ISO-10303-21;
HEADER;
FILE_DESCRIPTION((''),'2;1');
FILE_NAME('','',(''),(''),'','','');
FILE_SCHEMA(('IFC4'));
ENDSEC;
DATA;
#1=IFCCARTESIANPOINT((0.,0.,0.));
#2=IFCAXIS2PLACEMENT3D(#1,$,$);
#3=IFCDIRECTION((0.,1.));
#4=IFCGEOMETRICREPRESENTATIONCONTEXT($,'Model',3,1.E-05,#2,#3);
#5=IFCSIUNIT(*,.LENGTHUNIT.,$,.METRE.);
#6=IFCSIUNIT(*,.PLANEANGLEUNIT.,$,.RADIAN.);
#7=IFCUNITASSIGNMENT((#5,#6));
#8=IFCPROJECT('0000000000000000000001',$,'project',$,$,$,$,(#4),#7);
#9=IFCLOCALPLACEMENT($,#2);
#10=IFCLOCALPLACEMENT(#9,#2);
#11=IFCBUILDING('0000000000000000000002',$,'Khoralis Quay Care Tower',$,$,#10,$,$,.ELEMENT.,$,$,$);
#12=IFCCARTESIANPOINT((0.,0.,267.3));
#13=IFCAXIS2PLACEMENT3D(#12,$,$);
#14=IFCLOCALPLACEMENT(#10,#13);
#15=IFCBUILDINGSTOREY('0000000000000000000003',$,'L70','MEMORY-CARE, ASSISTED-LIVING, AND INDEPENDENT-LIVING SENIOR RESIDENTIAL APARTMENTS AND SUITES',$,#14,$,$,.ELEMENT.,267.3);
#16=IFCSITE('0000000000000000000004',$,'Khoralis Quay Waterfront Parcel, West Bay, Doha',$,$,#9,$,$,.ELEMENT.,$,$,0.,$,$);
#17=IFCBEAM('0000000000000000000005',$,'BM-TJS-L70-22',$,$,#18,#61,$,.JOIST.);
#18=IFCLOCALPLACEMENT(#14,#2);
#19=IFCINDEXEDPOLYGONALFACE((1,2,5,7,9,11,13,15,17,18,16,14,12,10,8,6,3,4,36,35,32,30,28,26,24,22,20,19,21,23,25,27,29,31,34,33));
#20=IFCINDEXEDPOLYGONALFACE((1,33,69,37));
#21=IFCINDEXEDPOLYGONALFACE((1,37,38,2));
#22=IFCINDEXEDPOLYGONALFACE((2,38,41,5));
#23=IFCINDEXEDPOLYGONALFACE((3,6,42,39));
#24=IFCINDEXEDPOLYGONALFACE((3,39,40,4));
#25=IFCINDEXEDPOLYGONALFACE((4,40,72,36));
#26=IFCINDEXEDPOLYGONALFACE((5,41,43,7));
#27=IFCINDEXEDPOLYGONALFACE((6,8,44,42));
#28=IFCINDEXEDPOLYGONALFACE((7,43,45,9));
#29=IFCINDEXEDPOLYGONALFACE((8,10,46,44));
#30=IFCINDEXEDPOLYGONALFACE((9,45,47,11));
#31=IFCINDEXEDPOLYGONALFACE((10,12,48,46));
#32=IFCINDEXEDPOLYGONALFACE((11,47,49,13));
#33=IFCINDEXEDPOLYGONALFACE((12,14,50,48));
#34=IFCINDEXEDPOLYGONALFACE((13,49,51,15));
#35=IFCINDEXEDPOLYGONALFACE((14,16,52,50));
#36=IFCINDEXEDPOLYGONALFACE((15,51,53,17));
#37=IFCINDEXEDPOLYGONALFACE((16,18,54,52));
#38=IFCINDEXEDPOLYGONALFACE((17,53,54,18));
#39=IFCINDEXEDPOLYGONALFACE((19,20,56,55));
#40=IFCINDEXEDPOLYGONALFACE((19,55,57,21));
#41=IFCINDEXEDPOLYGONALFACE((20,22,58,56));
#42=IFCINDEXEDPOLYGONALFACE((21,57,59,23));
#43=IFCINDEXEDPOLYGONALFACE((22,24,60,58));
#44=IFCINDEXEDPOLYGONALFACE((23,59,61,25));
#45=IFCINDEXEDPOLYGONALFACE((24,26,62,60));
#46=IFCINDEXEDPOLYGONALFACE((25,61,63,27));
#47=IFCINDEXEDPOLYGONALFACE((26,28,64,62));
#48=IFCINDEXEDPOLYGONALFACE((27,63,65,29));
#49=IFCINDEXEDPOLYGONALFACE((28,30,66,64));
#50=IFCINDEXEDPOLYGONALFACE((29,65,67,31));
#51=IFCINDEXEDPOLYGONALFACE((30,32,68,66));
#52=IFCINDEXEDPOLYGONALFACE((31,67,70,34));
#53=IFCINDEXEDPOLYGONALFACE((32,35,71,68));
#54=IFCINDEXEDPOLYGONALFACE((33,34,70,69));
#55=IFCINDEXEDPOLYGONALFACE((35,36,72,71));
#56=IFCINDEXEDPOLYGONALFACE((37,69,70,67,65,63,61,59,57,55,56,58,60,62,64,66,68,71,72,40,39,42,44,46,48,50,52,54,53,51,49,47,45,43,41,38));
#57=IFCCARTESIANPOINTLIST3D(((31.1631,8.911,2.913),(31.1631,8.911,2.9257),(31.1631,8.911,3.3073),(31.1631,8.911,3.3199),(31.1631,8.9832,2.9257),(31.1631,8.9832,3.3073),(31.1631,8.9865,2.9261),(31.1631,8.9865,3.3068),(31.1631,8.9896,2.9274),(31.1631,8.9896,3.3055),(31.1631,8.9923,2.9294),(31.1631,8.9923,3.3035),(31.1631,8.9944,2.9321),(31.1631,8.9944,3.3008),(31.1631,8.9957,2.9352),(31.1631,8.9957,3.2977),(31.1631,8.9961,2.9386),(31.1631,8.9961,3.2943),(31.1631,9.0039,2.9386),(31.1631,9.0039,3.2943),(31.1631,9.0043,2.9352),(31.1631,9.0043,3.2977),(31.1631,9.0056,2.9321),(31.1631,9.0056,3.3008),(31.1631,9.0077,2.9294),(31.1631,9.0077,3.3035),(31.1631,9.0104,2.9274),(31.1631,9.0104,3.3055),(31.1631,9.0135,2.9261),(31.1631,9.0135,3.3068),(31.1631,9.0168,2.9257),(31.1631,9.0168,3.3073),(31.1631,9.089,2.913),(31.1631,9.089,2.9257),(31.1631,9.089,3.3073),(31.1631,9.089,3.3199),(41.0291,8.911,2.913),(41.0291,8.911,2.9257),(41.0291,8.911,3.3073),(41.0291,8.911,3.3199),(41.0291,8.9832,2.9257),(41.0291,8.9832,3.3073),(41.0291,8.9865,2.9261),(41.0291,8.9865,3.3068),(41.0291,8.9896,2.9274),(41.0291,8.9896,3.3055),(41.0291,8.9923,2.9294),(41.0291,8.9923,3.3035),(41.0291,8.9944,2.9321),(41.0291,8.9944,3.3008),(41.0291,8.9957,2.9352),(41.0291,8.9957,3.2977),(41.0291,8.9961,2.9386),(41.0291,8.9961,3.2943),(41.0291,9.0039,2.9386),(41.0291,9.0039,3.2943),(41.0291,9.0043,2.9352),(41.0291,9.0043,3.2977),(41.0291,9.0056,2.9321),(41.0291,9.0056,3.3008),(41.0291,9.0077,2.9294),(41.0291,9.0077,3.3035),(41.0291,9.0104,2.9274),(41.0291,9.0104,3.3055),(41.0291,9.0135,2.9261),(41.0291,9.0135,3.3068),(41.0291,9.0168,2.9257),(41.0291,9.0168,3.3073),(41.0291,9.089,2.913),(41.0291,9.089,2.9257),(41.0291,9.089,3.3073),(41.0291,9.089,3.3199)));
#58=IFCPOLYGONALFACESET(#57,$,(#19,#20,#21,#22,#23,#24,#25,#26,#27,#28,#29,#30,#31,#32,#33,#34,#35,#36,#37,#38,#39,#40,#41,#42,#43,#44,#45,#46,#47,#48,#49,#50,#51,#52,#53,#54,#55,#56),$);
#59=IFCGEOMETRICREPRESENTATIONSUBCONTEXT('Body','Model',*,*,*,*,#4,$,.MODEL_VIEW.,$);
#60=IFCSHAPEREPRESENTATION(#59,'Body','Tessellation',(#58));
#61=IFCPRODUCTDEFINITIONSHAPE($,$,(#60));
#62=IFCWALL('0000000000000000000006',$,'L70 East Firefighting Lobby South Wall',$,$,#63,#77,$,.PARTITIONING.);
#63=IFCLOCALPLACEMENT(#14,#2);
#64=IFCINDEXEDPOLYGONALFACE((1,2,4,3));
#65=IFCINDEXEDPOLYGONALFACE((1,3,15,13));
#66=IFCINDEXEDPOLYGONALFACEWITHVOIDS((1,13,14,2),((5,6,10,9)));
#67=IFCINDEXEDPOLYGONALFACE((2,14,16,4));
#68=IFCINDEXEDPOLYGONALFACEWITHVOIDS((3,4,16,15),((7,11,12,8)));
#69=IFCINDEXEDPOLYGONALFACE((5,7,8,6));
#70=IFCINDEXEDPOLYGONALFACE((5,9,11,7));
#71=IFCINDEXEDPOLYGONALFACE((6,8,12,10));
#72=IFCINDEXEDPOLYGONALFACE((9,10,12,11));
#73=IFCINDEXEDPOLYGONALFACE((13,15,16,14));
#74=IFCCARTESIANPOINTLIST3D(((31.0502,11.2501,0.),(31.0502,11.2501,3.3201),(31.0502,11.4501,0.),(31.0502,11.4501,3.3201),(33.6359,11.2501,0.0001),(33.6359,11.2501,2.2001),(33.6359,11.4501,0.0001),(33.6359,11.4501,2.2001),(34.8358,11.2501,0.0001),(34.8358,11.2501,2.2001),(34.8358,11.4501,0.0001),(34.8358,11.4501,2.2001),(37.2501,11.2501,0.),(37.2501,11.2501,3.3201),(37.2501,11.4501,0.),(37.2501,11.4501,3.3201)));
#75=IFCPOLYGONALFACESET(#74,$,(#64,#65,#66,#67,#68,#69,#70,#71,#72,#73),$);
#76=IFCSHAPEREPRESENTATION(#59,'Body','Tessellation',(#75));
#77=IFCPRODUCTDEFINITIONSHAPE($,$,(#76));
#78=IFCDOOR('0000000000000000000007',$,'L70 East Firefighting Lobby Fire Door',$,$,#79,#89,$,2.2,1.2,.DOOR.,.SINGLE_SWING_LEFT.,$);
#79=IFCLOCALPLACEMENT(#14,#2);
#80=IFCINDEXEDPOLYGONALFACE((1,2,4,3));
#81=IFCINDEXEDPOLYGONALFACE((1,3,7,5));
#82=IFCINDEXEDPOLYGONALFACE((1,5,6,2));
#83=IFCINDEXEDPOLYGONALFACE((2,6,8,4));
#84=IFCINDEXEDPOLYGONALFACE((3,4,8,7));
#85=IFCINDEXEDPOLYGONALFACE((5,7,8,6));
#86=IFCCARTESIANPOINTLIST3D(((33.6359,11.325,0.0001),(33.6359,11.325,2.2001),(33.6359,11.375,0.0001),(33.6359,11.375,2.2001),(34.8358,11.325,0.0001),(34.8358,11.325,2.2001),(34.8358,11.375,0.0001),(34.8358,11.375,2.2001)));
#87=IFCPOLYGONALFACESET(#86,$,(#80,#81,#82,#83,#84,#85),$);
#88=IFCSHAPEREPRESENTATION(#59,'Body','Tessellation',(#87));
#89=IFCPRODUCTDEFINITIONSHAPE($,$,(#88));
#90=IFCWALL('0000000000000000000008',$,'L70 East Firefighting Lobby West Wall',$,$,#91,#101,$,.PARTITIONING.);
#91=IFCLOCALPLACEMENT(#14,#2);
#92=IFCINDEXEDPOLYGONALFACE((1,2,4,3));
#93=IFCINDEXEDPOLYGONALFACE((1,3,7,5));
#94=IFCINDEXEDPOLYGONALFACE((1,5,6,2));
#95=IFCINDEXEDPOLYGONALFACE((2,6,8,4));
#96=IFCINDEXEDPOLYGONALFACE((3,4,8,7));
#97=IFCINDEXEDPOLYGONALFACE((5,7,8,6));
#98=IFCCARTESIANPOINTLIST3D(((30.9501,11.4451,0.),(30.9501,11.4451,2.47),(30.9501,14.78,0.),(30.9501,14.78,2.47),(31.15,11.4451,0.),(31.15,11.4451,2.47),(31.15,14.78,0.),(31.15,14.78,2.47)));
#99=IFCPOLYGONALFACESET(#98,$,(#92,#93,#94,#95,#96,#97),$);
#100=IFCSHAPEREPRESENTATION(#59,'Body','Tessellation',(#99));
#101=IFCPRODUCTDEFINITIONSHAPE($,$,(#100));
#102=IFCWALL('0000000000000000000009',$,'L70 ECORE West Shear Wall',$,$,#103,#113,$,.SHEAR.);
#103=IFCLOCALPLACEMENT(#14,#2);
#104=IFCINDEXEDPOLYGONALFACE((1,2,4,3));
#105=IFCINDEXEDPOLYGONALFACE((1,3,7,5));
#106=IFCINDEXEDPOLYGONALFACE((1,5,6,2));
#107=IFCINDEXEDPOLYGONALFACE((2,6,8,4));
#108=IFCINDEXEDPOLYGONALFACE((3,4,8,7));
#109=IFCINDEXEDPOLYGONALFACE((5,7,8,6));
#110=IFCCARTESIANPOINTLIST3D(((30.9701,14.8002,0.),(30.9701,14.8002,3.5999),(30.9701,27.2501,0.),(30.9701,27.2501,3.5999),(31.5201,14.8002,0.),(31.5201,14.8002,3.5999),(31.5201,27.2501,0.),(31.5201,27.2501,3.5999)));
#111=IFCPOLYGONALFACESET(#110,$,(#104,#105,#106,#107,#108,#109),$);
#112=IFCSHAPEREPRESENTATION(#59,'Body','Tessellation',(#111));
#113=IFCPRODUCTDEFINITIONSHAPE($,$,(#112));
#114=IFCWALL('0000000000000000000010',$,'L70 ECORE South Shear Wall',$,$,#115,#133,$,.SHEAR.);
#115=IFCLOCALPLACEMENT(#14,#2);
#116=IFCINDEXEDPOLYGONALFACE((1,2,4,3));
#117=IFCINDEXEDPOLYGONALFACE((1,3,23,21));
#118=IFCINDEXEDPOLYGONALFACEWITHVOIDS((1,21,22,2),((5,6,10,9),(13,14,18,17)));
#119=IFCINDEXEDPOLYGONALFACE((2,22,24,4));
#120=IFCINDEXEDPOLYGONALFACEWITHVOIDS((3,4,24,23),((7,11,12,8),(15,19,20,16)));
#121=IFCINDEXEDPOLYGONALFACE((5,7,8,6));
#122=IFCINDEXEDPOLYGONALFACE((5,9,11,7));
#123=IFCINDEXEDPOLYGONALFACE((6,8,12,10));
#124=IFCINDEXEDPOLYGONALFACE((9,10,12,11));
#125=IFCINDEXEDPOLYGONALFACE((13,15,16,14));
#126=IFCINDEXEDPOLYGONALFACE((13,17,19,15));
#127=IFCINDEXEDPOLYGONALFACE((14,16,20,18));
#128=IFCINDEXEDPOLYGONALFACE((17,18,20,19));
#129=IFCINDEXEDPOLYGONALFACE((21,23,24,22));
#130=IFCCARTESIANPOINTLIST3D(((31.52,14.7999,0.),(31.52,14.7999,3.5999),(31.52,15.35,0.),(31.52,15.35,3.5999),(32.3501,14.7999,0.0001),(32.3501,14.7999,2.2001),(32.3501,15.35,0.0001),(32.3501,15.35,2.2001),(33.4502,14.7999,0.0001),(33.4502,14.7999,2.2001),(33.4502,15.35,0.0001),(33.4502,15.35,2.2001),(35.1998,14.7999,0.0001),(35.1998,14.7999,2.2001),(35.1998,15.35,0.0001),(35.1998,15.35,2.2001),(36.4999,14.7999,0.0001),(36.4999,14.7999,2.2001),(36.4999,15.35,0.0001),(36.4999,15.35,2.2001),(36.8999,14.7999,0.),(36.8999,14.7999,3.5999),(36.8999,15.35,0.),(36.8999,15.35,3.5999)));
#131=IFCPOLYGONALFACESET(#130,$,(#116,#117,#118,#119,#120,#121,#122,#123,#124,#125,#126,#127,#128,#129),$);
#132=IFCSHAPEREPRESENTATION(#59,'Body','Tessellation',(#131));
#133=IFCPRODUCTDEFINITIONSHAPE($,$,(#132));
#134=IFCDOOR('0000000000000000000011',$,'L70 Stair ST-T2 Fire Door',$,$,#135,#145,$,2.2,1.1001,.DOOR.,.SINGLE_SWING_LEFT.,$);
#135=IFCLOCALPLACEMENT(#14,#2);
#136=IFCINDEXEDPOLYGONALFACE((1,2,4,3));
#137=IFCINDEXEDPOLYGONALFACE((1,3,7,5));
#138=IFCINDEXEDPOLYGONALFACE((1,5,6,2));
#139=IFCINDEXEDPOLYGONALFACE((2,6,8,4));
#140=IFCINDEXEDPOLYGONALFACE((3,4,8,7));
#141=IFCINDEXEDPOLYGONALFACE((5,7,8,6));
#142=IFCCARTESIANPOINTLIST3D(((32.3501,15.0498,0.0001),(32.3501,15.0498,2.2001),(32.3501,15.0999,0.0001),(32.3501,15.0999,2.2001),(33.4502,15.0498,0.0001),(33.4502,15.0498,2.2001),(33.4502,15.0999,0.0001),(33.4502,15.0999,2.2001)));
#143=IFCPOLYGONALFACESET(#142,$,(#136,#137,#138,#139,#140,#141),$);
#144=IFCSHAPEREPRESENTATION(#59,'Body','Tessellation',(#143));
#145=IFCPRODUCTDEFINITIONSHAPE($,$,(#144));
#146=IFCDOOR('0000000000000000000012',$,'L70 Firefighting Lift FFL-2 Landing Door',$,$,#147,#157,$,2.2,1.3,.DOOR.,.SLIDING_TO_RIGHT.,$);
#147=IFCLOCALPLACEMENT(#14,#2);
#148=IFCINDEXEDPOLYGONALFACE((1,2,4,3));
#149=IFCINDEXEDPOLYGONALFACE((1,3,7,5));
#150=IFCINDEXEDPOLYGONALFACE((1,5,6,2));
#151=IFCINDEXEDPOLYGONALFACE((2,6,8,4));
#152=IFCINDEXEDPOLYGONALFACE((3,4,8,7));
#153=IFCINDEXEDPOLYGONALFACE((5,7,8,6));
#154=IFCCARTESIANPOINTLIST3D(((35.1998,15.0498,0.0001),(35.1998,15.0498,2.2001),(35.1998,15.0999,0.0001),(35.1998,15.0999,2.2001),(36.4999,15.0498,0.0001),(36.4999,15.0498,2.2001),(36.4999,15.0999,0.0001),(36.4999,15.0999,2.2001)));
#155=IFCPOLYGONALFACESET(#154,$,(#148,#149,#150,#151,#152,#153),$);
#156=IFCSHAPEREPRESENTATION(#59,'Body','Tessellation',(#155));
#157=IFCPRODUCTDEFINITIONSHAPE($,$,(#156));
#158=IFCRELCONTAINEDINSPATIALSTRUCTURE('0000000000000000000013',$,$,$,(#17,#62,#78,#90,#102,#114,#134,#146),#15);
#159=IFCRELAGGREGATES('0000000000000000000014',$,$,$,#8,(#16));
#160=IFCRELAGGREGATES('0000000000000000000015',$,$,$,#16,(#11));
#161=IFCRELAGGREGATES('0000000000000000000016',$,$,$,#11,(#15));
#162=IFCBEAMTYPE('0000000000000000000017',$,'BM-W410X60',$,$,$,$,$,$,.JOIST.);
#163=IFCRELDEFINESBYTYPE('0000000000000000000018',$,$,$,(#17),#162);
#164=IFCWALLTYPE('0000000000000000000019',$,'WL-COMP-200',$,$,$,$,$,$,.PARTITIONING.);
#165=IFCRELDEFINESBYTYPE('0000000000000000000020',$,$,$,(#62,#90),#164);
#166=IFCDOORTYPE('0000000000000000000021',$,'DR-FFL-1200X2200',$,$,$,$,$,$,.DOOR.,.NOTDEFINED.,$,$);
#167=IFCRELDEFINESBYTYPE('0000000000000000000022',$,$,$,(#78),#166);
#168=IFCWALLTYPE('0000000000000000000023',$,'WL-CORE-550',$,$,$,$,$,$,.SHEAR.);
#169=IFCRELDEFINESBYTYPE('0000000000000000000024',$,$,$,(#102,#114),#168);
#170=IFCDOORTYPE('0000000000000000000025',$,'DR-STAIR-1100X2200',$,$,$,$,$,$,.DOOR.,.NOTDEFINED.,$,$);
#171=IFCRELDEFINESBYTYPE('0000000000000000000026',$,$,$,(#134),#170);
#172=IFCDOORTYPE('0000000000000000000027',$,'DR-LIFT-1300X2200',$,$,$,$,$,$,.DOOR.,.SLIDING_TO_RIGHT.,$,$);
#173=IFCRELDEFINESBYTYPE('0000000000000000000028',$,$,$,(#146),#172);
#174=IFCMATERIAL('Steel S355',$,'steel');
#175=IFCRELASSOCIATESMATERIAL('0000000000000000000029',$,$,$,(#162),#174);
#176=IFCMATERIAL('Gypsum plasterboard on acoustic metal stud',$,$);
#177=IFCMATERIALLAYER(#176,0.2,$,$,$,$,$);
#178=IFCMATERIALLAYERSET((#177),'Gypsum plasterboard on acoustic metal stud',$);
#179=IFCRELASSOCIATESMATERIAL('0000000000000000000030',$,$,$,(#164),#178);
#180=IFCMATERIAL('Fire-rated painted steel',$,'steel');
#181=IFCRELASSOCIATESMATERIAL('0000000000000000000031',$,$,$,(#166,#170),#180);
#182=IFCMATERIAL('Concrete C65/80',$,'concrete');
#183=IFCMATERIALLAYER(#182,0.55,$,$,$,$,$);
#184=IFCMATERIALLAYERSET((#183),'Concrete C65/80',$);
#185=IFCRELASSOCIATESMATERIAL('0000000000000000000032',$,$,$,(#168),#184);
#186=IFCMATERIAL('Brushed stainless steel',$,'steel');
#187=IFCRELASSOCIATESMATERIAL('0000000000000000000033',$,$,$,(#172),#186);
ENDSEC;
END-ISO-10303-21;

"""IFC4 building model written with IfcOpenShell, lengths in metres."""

from ifc_helpers import new_model, si_unit, direction, frame, frame_2d, origin, origin_2d, place, context, subcontext, project, spatial, rectangle, i_section, extrude, source, transform, mapped, material, layer, layer_set, material_profile, profile_set, type_object, element, fill, save


model = new_model("IFC4")

# Units and contexts
model_context = context("Model", 3, precision=1e-05, world=origin(), true_north=direction((0.0, 1.0)))
body_context = subcontext(model_context, "Body", "Model", "MODEL_VIEW")
ifc_project = project(units=[si_unit("LENGTHUNIT", "METRE"), si_unit("PLANEANGLEUNIT", "RADIAN")], contexts=[model_context])

# Site, building, storey
site_placement = place(None, origin())
site = spatial("IfcSite", under=ifc_project, at=site_placement, Name="Khoralis Quay Waterfront Parcel, West Bay, Doha", CompositionType="ELEMENT", RefElevation=0.0)
building_placement = place(site_placement, origin())
building = spatial("IfcBuilding", under=site, at=building_placement, Name="Khoralis Quay Care Tower", CompositionType="ELEMENT")
storey_placement = place(building_placement, frame((0.0, 0.0, 267.3)))
storey = spatial("IfcBuildingStorey", under=building, at=storey_placement, Name="L70", Description="MEMORY-CARE, ASSISTED-LIVING, AND INDEPENDENT-LIVING SENIOR RESIDENTIAL APARTMENTS AND SUITES", CompositionType="ELEMENT", Elevation=267.3)

# Beam
ifc_material_1 = material(Name="Steel S355", Category="steel")
ifc_material_profile_1 = material_profile(ifc_material_1, i_section(OverallWidth=0.178, OverallDepth=0.407, WebThickness=0.0078, FlangeThickness=0.0127, FilletRadius=0.0129, at=origin_2d()), Name="Steel S355")
ifc_profile_set_1 = profile_set([ifc_material_profile_1], Name="Steel S355")
beam_type_1 = type_object("IfcBeamType", Name="BM-W410X60", PredefinedType="JOIST", material=ifc_profile_set_1)
shared_shape_1 = source(origin(), body_context, "Body", "SweptSolid", [
    extrude(i_section(OverallWidth=0.178, OverallDepth=0.407, WebThickness=0.0078, FlangeThickness=0.0127, FilletRadius=0.0129, at=origin_2d()), origin(), (0.0, 0.0, 1.0), 9.866),
])
beam_1_placement = place(storey_placement, frame((31.1631, 9.0, 3.1165), z_axis=(1.0, 0.0, 0.0), x_axis=(0.0, 1.0, 0.0)))
element("IfcBeam", 1, at=beam_1_placement, inside=storey, type_object=beam_type_1, Name="BM-TJS-L70-22", PredefinedType="JOIST", context=body_context, shape_type="MappedRepresentation", body=[
    mapped(shared_shape_1, transform((0.0, 0.0, 0.0), scale=1.0)),
])

# Wall, opening, door
ifc_material_2 = material(Name="Gypsum plasterboard on acoustic metal stud")
ifc_layer_1 = layer(ifc_material_2, 0.2)
ifc_layer_set_1 = layer_set([ifc_layer_1], Name="Gypsum plasterboard on acoustic metal stud")
wall_type_1 = type_object("IfcWallType", Name="WL-COMP-200", PredefinedType="PARTITIONING", material=ifc_layer_set_1)
wall_1_placement = place(storey_placement, frame((31.05, 11.3501, 0.0), z_axis=(0.0, 0.0, 1.0), x_axis=(1.0, 0.0, 0.0)))
wall_1 = element("IfcWall", 2, at=wall_1_placement, inside=storey, type_object=wall_type_1, Name="L70 East Firefighting Lobby South Wall", PredefinedType="PARTITIONING", context=body_context, shape_type="SweptSolid", body=[
    extrude(rectangle(XDim=6.2, YDim=0.2, at=frame_2d((3.1001, 0.0))), origin(), (0.0, 0.0, 1.0), 3.3201),
])
opening_1_placement = place(wall_1_placement, frame((2.5857, 0.0, 0.0)))
opening_1 = element("IfcOpeningElement", 3, at=opening_1_placement, cuts=wall_1, PredefinedType="OPENING", context=body_context, shape_type="SweptSolid", body=[
    extrude(rectangle(XDim=1.2, YDim=2.2, at=frame_2d((0.6001, 1.1001))), frame((0.0, 0.1099, 0.0), z_axis=(0.0, -1.0, 0.0), x_axis=(1.0, 0.0, 0.0)), (0.0, 0.0, 1.0), 0.22),
])
ifc_material_3 = material(Name="Fire-rated painted steel", Category="steel")
door_type_1 = type_object("IfcDoorType", Name="DR-FFL-1200X2200", OperationType="NOTDEFINED", PredefinedType="DOOR", material=ifc_material_3)
shared_shape_2 = source(origin(), body_context, "Body", "SweptSolid", [
    extrude(rectangle(XDim=1.2, YDim=2.2, at=frame_2d((0.6001, 1.1001))), frame((0.0, 0.0249, 0.0), z_axis=(0.0, -1.0, 0.0), x_axis=(1.0, 0.0, 0.0)), (0.0, 0.0, 1.0), 0.05),
])
door_1_placement = place(opening_1_placement, origin())
door_1 = element("IfcDoor", 4, at=door_1_placement, inside=storey, type_object=door_type_1, Name="L70 East Firefighting Lobby Fire Door", OperationType="SINGLE_SWING_LEFT", OverallHeight=2.2, OverallWidth=1.2, PredefinedType="DOOR", context=body_context, shape_type="MappedRepresentation", body=[
    mapped(shared_shape_2, transform((0.0, 0.0, 0.0), scale=1.0)),
])
fill(opening_1, door_1)

# Walls
wall_2_placement = place(storey_placement, frame((31.05, 11.4451, 0.0), z_axis=(0.0, 0.0, 1.0), x_axis=(0.0, 1.0, 0.0)))
element("IfcWall", 5, at=wall_2_placement, inside=storey, type_object=wall_type_1, Name="L70 East Firefighting Lobby West Wall", PredefinedType="PARTITIONING", context=body_context, shape_type="SweptSolid", body=[
    extrude(rectangle(XDim=3.335, YDim=0.2, at=frame_2d((1.6675, 0.0))), origin(), (0.0, 0.0, 1.0), 2.47),
])
ifc_material_4 = material(Name="Concrete C65/80", Category="concrete")
ifc_layer_2 = layer(ifc_material_4, 0.55)
ifc_layer_set_2 = layer_set([ifc_layer_2], Name="Concrete C65/80")
wall_type_2 = type_object("IfcWallType", Name="WL-CORE-550", PredefinedType="SHEAR", material=ifc_layer_set_2)
wall_3_placement = place(storey_placement, frame((31.2451, 14.8, 0.0), z_axis=(0.0, 0.0, 1.0), x_axis=(0.0, 1.0, 0.0)))
element("IfcWall", 6, at=wall_3_placement, inside=storey, type_object=wall_type_2, Name="L70 ECORE West Shear Wall", PredefinedType="SHEAR", context=body_context, shape_type="SweptSolid", body=[
    extrude(rectangle(XDim=12.45, YDim=0.55, at=frame_2d((6.2251, 0.0))), origin(), (0.0, 0.0, 1.0), 3.5999),
])

# Wall, openings, doors
wall_4_placement = place(storey_placement, frame((31.52, 15.075, 0.0), z_axis=(0.0, 0.0, 1.0), x_axis=(1.0, 0.0, 0.0)))
wall_4 = element("IfcWall", 7, at=wall_4_placement, inside=storey, type_object=wall_type_2, Name="L70 ECORE South Shear Wall", PredefinedType="SHEAR", context=body_context, shape_type="SweptSolid", body=[
    extrude(rectangle(XDim=5.3799, YDim=0.55, at=frame_2d((2.6899, 0.0))), origin(), (0.0, 0.0, 1.0), 3.5999),
])
opening_2_placement = place(wall_4_placement, frame((0.8301, 0.0, 0.0)))
opening_2 = element("IfcOpeningElement", 8, at=opening_2_placement, cuts=wall_4, PredefinedType="OPENING", context=body_context, shape_type="SweptSolid", body=[
    extrude(rectangle(XDim=1.1001, YDim=2.2, at=frame_2d((0.55, 1.1001))), frame((0.0, 0.2852, 0.0), z_axis=(0.0, -1.0, 0.0), x_axis=(1.0, 0.0, 0.0)), (0.0, 0.0, 1.0), 0.5701),
])
opening_3_placement = place(wall_4_placement, frame((3.6799, 0.0, 0.0)))
opening_3 = element("IfcOpeningElement", 9, at=opening_3_placement, cuts=wall_4, PredefinedType="OPENING", context=body_context, shape_type="SweptSolid", body=[
    extrude(rectangle(XDim=1.3, YDim=2.2, at=frame_2d((0.6499, 1.1001))), frame((0.0, 0.2852, 0.0), z_axis=(0.0, -1.0, 0.0), x_axis=(1.0, 0.0, 0.0)), (0.0, 0.0, 1.0), 0.5701),
])
door_type_2 = type_object("IfcDoorType", Name="DR-STAIR-1100X2200", OperationType="NOTDEFINED", PredefinedType="DOOR", material=ifc_material_3)
shared_shape_3 = source(origin(), body_context, "Body", "SweptSolid", [
    extrude(rectangle(XDim=1.1001, YDim=2.2, at=frame_2d((0.55, 1.1001))), frame((0.0, 0.0249, 0.0), z_axis=(0.0, -1.0, 0.0), x_axis=(1.0, 0.0, 0.0)), (0.0, 0.0, 1.0), 0.05),
])
door_2_placement = place(opening_2_placement, origin())
door_2 = element("IfcDoor", 10, at=door_2_placement, inside=storey, type_object=door_type_2, Name="L70 Stair ST-T2 Fire Door", OperationType="SINGLE_SWING_LEFT", OverallHeight=2.2, OverallWidth=1.1001, PredefinedType="DOOR", context=body_context, shape_type="MappedRepresentation", body=[
    mapped(shared_shape_3, transform((0.0, 0.0, 0.0), scale=1.0)),
])
fill(opening_2, door_2)
ifc_material_5 = material(Name="Brushed stainless steel", Category="steel")
door_type_3 = type_object("IfcDoorType", Name="DR-LIFT-1300X2200", OperationType="SLIDING_TO_RIGHT", PredefinedType="DOOR", material=ifc_material_5)
shared_shape_4 = source(origin(), body_context, "Body", "SweptSolid", [
    extrude(rectangle(XDim=1.3, YDim=2.2, at=frame_2d((0.6499, 1.1001))), frame((0.0, 0.0249, 0.0), z_axis=(0.0, -1.0, 0.0), x_axis=(1.0, 0.0, 0.0)), (0.0, 0.0, 1.0), 0.05),
])
door_3_placement = place(opening_3_placement, origin())
door_3 = element("IfcDoor", 11, at=door_3_placement, inside=storey, type_object=door_type_3, Name="L70 Firefighting Lift FFL-2 Landing Door", OperationType="SLIDING_TO_RIGHT", OverallHeight=2.2, OverallWidth=1.3, PredefinedType="DOOR", context=body_context, shape_type="MappedRepresentation", body=[
    mapped(shared_shape_4, transform((0.0, 0.0, 0.0), scale=1.0)),
])
fill(opening_3, door_3)

save(model, "model.ifc")
